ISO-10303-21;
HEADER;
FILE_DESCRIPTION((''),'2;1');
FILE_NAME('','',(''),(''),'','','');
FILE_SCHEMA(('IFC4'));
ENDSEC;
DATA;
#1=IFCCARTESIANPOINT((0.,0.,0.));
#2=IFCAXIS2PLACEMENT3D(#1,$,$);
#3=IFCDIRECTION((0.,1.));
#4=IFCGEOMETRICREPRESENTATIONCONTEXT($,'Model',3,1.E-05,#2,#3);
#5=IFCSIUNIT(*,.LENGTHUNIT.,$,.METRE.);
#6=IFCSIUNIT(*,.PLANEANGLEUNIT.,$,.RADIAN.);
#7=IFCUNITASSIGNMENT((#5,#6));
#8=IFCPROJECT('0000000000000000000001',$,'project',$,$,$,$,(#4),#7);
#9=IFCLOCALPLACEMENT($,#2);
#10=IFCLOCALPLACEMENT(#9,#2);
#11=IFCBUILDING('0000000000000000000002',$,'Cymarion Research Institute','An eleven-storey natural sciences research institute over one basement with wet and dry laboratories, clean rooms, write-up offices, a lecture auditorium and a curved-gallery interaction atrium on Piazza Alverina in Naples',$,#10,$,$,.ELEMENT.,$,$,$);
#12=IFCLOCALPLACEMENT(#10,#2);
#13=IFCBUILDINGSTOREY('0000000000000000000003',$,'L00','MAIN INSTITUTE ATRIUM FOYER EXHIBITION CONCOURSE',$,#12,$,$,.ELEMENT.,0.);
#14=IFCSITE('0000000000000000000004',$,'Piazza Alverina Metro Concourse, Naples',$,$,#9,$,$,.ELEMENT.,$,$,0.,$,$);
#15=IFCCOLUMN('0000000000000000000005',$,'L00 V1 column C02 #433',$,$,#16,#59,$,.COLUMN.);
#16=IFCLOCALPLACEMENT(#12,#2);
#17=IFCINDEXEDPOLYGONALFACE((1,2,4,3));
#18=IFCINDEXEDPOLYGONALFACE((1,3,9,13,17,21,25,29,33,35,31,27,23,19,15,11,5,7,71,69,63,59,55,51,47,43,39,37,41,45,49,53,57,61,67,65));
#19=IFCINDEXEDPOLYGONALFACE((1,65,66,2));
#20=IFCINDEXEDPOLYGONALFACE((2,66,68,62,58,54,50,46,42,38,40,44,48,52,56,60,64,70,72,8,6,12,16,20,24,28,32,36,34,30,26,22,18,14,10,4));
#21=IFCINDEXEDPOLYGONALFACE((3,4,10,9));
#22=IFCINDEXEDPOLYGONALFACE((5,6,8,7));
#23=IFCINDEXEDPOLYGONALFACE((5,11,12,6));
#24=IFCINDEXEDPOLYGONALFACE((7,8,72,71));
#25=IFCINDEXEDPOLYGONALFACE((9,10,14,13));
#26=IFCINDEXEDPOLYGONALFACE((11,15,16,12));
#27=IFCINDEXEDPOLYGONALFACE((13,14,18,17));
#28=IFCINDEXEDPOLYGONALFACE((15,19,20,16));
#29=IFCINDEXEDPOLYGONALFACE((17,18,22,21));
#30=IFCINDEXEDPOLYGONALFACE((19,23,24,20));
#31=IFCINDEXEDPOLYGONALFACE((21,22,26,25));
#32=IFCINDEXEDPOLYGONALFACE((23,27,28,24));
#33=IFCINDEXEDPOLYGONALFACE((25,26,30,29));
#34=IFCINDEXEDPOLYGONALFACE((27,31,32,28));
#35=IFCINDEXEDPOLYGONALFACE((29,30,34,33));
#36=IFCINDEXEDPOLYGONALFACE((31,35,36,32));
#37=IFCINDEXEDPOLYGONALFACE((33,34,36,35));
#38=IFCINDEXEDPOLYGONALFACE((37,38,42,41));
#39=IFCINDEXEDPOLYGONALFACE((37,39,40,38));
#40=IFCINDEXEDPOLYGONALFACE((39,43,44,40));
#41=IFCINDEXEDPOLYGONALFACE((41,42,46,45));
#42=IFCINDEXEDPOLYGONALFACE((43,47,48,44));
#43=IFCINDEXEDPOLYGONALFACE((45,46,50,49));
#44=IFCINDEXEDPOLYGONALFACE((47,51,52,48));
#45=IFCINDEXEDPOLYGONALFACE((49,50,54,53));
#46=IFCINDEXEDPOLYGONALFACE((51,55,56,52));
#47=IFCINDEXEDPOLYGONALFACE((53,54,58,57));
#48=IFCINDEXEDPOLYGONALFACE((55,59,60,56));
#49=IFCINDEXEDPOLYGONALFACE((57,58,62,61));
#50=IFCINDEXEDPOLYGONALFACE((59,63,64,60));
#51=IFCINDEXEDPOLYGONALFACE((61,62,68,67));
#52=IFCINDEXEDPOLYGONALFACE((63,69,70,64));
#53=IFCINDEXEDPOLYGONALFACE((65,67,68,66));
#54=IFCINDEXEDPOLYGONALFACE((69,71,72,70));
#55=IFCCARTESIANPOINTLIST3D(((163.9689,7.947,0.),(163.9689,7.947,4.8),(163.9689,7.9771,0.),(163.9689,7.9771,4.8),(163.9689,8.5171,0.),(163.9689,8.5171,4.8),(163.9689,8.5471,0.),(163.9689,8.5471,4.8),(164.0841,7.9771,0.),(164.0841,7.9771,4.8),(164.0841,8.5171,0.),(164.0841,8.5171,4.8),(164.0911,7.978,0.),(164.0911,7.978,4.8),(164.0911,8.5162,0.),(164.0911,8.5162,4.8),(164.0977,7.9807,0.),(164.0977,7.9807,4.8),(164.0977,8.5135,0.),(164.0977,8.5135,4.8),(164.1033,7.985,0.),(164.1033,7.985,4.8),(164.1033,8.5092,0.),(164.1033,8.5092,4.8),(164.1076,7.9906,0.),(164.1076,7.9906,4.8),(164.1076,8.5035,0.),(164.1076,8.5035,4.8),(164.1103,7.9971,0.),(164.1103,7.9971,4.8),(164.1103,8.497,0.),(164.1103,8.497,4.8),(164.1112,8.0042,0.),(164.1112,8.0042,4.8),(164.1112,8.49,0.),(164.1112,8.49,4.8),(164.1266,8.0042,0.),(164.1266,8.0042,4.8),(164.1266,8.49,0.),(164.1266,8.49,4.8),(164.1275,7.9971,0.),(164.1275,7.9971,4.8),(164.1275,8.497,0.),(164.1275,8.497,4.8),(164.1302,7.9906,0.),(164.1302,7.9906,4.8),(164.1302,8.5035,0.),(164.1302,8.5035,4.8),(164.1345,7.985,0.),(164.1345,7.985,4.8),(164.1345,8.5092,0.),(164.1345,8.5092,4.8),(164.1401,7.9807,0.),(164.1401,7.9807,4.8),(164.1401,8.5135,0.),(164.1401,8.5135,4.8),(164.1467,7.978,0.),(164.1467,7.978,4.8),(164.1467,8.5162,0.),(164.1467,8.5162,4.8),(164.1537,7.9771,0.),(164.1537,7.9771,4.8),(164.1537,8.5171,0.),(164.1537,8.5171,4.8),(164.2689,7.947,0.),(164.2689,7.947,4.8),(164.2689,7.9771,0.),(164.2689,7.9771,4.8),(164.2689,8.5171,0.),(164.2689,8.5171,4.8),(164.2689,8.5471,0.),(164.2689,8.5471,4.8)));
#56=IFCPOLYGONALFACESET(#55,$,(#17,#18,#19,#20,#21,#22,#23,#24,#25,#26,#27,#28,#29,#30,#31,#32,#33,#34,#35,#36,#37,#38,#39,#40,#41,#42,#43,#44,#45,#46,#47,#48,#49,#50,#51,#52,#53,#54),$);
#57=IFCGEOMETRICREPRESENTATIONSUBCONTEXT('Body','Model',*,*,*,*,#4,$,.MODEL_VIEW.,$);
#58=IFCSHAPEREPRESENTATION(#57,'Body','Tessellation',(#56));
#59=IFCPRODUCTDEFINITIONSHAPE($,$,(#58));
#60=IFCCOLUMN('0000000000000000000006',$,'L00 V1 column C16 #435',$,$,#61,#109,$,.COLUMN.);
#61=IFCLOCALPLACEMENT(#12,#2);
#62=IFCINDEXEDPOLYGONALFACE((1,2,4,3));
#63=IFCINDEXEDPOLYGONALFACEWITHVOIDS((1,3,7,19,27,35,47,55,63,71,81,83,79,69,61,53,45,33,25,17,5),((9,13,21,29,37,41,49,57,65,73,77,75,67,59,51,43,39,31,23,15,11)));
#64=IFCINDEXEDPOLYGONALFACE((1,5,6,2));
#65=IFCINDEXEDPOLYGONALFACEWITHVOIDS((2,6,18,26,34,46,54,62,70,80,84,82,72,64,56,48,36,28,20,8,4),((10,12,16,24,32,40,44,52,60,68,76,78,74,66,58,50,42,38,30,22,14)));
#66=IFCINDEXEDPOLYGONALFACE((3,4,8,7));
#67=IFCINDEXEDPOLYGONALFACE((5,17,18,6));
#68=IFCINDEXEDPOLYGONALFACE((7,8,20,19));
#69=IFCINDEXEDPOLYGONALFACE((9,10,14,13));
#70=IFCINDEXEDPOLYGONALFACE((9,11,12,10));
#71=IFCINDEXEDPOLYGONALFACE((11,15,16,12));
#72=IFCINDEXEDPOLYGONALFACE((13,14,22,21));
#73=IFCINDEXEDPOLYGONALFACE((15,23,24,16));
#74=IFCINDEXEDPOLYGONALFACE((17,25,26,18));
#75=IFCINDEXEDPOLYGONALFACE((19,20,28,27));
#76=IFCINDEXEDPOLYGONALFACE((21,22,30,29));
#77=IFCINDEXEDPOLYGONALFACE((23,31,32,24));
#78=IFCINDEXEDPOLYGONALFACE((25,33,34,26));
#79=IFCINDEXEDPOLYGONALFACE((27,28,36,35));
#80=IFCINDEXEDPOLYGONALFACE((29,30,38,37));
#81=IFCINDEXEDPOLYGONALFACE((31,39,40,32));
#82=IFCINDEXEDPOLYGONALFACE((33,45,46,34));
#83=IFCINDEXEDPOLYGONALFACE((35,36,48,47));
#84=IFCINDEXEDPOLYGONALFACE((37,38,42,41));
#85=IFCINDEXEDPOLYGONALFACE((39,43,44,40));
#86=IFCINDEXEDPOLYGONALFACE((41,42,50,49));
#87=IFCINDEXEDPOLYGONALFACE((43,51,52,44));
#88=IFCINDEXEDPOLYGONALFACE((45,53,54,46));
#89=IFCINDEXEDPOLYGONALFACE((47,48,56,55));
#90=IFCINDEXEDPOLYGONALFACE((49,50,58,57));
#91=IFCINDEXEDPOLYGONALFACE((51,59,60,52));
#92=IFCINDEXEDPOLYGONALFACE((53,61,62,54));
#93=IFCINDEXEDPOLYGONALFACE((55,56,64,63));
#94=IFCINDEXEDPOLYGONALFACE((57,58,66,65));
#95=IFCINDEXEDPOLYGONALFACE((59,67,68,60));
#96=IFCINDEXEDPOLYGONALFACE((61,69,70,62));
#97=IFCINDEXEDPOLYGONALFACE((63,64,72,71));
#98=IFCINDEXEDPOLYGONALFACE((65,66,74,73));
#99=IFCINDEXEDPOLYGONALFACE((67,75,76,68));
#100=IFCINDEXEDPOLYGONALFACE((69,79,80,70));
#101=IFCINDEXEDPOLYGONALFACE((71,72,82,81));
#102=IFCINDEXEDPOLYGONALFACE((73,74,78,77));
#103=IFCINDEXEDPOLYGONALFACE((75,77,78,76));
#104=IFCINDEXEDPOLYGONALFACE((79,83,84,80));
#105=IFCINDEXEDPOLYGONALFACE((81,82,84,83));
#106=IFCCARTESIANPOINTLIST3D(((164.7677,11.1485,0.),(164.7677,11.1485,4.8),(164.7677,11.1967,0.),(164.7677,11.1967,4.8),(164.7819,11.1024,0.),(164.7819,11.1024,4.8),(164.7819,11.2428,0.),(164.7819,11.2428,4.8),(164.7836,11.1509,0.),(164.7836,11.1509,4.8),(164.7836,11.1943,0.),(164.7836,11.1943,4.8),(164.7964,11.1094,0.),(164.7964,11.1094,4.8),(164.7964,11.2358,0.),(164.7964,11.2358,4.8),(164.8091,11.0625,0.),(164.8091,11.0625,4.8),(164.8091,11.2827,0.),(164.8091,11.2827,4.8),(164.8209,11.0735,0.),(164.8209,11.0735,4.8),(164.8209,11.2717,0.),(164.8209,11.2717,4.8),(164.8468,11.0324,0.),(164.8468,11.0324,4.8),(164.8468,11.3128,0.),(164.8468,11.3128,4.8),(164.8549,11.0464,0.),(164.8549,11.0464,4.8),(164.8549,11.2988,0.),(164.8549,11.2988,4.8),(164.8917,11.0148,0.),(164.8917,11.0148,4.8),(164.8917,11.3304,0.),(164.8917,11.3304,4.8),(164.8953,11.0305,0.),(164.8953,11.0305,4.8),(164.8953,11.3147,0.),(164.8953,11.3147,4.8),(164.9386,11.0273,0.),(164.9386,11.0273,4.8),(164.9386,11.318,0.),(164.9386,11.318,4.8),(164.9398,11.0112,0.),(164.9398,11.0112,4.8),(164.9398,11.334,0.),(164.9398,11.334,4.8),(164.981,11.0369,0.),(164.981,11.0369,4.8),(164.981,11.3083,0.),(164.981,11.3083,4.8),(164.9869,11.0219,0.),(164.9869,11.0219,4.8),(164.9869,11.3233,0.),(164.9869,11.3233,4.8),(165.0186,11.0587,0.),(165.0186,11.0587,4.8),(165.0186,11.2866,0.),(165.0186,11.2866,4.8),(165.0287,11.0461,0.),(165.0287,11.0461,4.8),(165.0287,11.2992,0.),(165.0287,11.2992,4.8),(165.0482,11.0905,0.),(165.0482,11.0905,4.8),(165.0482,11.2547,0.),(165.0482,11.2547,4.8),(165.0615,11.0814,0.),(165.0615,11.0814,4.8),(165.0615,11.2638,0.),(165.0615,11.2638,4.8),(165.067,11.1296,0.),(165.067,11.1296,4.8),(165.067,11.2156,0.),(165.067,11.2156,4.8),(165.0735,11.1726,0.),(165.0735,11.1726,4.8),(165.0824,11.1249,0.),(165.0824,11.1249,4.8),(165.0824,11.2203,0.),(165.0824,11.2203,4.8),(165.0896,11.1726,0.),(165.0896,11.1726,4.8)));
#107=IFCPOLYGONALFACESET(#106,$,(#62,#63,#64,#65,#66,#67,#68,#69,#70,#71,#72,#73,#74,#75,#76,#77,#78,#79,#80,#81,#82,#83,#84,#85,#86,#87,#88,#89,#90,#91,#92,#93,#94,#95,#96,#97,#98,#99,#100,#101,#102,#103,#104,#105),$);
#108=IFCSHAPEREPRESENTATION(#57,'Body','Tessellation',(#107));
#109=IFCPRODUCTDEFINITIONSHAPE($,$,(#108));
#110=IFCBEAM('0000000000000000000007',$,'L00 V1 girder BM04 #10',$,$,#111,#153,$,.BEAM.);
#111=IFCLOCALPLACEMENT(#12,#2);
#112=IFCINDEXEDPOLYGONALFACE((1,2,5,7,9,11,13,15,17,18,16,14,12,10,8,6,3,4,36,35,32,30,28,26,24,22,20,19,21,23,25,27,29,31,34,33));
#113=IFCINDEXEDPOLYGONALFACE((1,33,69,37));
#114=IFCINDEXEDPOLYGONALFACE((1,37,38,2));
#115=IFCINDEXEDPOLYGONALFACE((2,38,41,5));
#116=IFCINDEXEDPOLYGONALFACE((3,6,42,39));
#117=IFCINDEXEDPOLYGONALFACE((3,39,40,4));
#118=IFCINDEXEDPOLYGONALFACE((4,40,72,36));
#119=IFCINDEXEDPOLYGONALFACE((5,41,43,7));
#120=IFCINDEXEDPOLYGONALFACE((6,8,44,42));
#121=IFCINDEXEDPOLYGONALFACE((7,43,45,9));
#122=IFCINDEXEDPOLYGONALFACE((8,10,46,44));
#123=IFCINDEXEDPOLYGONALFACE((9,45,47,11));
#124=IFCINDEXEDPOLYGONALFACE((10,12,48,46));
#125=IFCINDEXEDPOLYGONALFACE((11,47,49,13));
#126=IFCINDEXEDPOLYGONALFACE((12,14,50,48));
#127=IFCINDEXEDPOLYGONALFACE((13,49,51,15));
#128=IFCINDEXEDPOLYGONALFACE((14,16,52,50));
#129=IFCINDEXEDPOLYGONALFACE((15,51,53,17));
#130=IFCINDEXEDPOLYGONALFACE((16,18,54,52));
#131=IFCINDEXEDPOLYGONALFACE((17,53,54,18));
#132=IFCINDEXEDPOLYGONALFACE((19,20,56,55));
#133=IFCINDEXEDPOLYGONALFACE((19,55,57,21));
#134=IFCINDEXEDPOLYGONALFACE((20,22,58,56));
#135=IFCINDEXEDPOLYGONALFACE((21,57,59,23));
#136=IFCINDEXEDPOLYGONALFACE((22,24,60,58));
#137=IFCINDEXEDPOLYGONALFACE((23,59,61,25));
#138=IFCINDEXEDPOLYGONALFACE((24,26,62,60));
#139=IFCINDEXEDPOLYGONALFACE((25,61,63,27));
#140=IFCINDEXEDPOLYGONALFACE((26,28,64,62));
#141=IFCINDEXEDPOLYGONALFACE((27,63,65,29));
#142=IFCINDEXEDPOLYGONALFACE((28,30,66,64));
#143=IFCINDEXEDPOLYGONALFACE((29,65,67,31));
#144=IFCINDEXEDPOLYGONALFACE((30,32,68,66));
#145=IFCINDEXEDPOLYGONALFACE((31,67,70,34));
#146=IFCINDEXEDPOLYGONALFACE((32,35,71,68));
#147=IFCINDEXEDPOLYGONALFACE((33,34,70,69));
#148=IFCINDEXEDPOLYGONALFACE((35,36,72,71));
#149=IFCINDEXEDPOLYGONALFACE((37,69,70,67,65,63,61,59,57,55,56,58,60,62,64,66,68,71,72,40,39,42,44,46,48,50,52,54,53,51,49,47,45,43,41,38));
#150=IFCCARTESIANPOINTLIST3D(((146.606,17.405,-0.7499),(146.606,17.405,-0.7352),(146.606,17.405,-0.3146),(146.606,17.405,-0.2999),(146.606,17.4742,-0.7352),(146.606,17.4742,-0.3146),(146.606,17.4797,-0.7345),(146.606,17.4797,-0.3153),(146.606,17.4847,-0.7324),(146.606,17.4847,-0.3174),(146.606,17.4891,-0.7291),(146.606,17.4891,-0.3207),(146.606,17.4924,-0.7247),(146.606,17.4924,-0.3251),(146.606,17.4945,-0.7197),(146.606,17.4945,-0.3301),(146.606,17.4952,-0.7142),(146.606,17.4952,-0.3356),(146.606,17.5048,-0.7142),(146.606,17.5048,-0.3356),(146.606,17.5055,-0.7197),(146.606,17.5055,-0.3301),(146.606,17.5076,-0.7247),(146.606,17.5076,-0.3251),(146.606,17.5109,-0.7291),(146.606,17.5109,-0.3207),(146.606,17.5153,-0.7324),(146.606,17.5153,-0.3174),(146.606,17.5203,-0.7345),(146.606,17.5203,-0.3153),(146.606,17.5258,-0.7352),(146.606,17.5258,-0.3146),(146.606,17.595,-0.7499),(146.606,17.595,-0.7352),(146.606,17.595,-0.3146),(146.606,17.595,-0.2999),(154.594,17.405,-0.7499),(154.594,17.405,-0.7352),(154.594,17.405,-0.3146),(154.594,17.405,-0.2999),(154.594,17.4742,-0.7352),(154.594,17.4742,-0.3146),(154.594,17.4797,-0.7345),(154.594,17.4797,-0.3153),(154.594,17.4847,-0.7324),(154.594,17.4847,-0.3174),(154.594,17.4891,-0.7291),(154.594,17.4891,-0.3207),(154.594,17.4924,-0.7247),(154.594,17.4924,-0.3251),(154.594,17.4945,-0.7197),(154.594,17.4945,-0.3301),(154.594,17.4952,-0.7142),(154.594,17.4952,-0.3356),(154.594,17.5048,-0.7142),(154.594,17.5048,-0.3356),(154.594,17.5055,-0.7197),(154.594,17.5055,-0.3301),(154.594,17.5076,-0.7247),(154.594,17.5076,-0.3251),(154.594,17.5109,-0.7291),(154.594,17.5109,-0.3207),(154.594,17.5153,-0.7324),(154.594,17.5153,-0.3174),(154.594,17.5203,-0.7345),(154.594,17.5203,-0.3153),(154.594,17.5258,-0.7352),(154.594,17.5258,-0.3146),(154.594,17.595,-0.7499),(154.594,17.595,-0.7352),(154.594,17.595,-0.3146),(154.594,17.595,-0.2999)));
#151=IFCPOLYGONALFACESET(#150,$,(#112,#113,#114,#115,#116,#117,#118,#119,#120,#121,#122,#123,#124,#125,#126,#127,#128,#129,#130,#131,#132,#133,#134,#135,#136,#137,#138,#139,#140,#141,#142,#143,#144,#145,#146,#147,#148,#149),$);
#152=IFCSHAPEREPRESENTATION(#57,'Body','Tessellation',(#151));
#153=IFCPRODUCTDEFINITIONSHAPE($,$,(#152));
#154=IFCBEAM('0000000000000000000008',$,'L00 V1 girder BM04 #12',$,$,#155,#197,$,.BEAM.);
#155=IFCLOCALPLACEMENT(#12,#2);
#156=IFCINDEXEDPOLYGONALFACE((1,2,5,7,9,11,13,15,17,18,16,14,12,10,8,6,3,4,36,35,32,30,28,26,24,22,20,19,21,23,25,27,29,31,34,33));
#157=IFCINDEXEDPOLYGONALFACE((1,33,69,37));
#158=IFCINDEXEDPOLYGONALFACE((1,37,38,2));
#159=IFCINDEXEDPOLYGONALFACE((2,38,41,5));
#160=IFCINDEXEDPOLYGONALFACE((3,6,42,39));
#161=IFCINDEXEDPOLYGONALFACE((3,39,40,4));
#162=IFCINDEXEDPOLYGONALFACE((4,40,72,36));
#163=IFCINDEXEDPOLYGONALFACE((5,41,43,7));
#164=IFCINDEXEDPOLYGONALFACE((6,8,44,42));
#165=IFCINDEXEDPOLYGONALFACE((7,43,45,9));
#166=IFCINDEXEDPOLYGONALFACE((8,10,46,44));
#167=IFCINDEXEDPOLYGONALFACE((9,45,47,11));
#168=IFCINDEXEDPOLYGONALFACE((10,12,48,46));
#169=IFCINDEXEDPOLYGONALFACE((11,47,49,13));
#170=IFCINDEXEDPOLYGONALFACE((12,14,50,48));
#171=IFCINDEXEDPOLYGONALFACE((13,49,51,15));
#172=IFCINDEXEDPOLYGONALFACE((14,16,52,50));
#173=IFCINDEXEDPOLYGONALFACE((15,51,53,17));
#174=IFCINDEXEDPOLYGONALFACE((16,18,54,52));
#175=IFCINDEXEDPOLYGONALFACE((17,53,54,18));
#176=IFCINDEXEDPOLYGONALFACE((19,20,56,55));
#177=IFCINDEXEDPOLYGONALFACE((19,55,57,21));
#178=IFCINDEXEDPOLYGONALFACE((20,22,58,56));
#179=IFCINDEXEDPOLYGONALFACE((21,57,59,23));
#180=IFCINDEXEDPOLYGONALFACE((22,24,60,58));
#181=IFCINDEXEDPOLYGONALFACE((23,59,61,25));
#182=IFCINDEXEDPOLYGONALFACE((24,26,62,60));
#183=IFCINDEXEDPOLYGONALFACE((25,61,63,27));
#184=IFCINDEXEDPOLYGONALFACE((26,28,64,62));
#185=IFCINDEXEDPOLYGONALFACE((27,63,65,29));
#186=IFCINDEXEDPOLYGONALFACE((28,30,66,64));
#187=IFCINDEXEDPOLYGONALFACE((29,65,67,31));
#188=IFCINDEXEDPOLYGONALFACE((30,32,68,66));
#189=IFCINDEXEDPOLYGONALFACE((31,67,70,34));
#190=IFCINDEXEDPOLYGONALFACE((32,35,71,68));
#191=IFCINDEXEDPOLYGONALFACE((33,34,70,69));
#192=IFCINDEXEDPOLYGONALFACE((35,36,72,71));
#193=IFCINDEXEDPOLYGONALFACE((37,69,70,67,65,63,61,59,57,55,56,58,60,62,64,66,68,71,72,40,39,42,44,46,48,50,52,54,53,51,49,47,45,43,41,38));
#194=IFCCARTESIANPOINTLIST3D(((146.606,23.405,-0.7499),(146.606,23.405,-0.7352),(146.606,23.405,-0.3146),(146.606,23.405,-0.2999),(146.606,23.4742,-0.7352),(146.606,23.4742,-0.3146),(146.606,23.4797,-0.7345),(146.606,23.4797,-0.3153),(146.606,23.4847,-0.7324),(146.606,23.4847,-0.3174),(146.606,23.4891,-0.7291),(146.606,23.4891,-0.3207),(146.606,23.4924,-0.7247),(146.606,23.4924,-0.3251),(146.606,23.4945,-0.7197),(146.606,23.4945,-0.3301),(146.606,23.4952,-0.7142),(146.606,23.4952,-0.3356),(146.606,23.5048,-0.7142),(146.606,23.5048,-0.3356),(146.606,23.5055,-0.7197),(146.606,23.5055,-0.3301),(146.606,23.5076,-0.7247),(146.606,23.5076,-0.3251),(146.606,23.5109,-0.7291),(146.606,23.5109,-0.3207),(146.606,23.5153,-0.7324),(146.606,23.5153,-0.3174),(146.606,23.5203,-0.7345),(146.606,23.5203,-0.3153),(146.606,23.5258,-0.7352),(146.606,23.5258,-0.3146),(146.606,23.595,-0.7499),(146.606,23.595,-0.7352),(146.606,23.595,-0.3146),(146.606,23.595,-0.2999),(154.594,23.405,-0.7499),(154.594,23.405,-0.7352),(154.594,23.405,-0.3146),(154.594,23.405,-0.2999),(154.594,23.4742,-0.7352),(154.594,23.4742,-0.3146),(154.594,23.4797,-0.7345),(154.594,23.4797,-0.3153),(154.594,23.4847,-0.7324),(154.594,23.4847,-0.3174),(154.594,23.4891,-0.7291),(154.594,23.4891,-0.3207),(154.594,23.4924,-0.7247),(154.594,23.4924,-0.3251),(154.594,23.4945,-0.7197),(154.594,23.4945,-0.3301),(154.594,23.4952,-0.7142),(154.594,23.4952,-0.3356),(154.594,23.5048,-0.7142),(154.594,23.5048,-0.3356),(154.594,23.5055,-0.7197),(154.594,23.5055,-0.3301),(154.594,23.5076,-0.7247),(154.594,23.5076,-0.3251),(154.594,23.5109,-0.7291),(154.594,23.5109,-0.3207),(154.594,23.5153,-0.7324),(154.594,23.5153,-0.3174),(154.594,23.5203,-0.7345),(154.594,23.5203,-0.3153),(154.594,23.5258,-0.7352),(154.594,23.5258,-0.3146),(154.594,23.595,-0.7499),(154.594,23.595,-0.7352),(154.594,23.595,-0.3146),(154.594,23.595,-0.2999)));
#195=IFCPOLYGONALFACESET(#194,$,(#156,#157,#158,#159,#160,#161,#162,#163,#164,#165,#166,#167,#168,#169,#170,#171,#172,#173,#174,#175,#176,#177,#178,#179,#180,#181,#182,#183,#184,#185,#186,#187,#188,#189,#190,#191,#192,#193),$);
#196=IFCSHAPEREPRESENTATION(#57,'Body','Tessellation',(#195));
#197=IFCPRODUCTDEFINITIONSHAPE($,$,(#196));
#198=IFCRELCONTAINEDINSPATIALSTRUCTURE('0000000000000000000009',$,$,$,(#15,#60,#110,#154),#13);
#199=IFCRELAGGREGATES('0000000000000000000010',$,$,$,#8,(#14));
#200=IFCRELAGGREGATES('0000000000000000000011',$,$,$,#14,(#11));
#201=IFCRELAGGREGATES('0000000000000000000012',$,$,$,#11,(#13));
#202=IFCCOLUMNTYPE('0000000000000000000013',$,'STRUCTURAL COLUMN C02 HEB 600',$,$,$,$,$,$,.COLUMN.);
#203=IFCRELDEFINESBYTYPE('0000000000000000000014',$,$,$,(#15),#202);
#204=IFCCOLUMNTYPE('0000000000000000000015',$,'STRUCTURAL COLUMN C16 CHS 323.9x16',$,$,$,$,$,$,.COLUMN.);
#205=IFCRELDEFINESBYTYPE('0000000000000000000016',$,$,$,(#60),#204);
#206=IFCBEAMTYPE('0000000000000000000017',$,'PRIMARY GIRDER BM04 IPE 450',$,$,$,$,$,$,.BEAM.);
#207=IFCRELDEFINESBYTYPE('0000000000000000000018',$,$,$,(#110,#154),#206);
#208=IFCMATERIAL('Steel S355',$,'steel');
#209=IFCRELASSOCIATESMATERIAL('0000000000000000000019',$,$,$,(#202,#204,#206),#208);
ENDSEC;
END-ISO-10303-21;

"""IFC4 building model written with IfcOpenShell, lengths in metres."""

from ifc_helpers import new_model, si_unit, direction, frame, origin, origin_2d, place, context, subcontext, project, spatial, hollow_circle, i_section, extrude, material, material_profile, profile_set, type_object, element, save


model = new_model("IFC4")

# Units and contexts
model_context = context("Model", 3, precision=1e-05, world=origin(), true_north=direction((0.0, 1.0)))
body_context = subcontext(model_context, "Body", "Model", "MODEL_VIEW")
ifc_project = project(units=[si_unit("LENGTHUNIT", "METRE"), si_unit("PLANEANGLEUNIT", "RADIAN")], contexts=[model_context])

# Site, building, storey
site_placement = place(None, origin())
site = spatial("IfcSite", under=ifc_project, at=site_placement, Name="Piazza Alverina Metro Concourse, Naples", CompositionType="ELEMENT", RefElevation=0.0)
building_placement = place(site_placement, origin())
building = spatial("IfcBuilding", under=site, at=building_placement, Name="Cymarion Research Institute", Description="An eleven-storey natural sciences research institute over one basement with wet and dry laboratories, clean rooms, write-up offices, a lecture auditorium and a curved-gallery interaction atrium on Piazza Alverina in Naples", CompositionType="ELEMENT")
storey_placement = place(building_placement, origin())
storey = spatial("IfcBuildingStorey", under=building, at=storey_placement, Name="L00", Description="MAIN INSTITUTE ATRIUM FOYER EXHIBITION CONCOURSE", CompositionType="ELEMENT", Elevation=0.0)

# Columns
ifc_material_1 = material(Name="Steel S355", Category="steel")
ifc_material_profile_1 = material_profile(ifc_material_1, i_section(OverallWidth=0.3, OverallDepth=0.6001, WebThickness=0.0154, FlangeThickness=0.03, FilletRadius=0.0271, at=origin_2d()), Name="HEB 600")
ifc_profile_set_1 = profile_set([ifc_material_profile_1], Name="Steel S355")
column_type_1 = type_object("IfcColumnType", Name="STRUCTURAL COLUMN C02 HEB 600", PredefinedType="COLUMN", material=ifc_profile_set_1)
column_1_placement = place(storey_placement, frame((164.1189, 8.2471, 0.0), z_axis=(0.0, 0.0, 1.0), x_axis=(1.0, 0.0, 0.0)))
element("IfcColumn", 1, at=column_1_placement, inside=storey, type_object=column_type_1, Name="L00 V1 column C02 #433", PredefinedType="COLUMN", context=body_context, shape_type="SweptSolid", body=[
    extrude(i_section(OverallWidth=0.3, OverallDepth=0.6001, WebThickness=0.0154, FlangeThickness=0.03, FilletRadius=0.0271, at=origin_2d()), origin(), (0.0, 0.0, 1.0), 4.8),
])
ifc_material_profile_2 = material_profile(ifc_material_1, hollow_circle(Radius=0.1619, WallThickness=0.0161, at=origin_2d()), Name="CHS 323.9x16")
ifc_profile_set_2 = profile_set([ifc_material_profile_2], Name="Steel S355")
column_type_2 = type_object("IfcColumnType", Name="STRUCTURAL COLUMN C16 CHS 323.9x16", PredefinedType="COLUMN", material=ifc_profile_set_2)
column_2_placement = place(storey_placement, frame((164.9277, 11.1726, 0.0), z_axis=(0.0, 0.0, 1.0), x_axis=(1.0, 0.0, 0.0)))
element("IfcColumn", 2, at=column_2_placement, inside=storey, type_object=column_type_2, Name="L00 V1 column C16 #435", PredefinedType="COLUMN", context=body_context, shape_type="SweptSolid", body=[
    extrude(hollow_circle(Radius=0.1619, WallThickness=0.0161, at=origin_2d()), origin(), (0.0, 0.0, 1.0), 4.8),
])

# Beams
ifc_material_profile_3 = material_profile(ifc_material_1, i_section(OverallWidth=0.1899, OverallDepth=0.45, WebThickness=0.0095, FlangeThickness=0.0146, FilletRadius=0.021, at=origin_2d()), Name="IPE 450")
ifc_profile_set_3 = profile_set([ifc_material_profile_3], Name="Steel S355")
beam_type_1 = type_object("IfcBeamType", Name="PRIMARY GIRDER BM04 IPE 450", PredefinedType="BEAM", material=ifc_profile_set_3)
for number, where, z_axis, x_axis, name in (
    (3, (146.606, 17.5, -0.5249), (1.0, 0.0, 0.0), (0.0, 1.0, 0.0), "L00 V1 girder BM04 #10"),
    (4, (146.606, 23.5, -0.5249), (1.0, 0.0, 0.0), (0.0, 1.0, 0.0), "L00 V1 girder BM04 #12"),
):
    element("IfcBeam", number, at=place(storey_placement, frame(where, z_axis=z_axis, x_axis=x_axis)), inside=storey, type_object=beam_type_1, Name=name, PredefinedType="BEAM", context=body_context, shape_type="SweptSolid", body=[
        extrude(i_section(OverallWidth=0.1899, OverallDepth=0.45, WebThickness=0.0095, FlangeThickness=0.0146, FilletRadius=0.021, at=origin_2d()), origin(), (0.0, 0.0, 1.0), 7.988),
    ])

save(model, "model.ifc")
